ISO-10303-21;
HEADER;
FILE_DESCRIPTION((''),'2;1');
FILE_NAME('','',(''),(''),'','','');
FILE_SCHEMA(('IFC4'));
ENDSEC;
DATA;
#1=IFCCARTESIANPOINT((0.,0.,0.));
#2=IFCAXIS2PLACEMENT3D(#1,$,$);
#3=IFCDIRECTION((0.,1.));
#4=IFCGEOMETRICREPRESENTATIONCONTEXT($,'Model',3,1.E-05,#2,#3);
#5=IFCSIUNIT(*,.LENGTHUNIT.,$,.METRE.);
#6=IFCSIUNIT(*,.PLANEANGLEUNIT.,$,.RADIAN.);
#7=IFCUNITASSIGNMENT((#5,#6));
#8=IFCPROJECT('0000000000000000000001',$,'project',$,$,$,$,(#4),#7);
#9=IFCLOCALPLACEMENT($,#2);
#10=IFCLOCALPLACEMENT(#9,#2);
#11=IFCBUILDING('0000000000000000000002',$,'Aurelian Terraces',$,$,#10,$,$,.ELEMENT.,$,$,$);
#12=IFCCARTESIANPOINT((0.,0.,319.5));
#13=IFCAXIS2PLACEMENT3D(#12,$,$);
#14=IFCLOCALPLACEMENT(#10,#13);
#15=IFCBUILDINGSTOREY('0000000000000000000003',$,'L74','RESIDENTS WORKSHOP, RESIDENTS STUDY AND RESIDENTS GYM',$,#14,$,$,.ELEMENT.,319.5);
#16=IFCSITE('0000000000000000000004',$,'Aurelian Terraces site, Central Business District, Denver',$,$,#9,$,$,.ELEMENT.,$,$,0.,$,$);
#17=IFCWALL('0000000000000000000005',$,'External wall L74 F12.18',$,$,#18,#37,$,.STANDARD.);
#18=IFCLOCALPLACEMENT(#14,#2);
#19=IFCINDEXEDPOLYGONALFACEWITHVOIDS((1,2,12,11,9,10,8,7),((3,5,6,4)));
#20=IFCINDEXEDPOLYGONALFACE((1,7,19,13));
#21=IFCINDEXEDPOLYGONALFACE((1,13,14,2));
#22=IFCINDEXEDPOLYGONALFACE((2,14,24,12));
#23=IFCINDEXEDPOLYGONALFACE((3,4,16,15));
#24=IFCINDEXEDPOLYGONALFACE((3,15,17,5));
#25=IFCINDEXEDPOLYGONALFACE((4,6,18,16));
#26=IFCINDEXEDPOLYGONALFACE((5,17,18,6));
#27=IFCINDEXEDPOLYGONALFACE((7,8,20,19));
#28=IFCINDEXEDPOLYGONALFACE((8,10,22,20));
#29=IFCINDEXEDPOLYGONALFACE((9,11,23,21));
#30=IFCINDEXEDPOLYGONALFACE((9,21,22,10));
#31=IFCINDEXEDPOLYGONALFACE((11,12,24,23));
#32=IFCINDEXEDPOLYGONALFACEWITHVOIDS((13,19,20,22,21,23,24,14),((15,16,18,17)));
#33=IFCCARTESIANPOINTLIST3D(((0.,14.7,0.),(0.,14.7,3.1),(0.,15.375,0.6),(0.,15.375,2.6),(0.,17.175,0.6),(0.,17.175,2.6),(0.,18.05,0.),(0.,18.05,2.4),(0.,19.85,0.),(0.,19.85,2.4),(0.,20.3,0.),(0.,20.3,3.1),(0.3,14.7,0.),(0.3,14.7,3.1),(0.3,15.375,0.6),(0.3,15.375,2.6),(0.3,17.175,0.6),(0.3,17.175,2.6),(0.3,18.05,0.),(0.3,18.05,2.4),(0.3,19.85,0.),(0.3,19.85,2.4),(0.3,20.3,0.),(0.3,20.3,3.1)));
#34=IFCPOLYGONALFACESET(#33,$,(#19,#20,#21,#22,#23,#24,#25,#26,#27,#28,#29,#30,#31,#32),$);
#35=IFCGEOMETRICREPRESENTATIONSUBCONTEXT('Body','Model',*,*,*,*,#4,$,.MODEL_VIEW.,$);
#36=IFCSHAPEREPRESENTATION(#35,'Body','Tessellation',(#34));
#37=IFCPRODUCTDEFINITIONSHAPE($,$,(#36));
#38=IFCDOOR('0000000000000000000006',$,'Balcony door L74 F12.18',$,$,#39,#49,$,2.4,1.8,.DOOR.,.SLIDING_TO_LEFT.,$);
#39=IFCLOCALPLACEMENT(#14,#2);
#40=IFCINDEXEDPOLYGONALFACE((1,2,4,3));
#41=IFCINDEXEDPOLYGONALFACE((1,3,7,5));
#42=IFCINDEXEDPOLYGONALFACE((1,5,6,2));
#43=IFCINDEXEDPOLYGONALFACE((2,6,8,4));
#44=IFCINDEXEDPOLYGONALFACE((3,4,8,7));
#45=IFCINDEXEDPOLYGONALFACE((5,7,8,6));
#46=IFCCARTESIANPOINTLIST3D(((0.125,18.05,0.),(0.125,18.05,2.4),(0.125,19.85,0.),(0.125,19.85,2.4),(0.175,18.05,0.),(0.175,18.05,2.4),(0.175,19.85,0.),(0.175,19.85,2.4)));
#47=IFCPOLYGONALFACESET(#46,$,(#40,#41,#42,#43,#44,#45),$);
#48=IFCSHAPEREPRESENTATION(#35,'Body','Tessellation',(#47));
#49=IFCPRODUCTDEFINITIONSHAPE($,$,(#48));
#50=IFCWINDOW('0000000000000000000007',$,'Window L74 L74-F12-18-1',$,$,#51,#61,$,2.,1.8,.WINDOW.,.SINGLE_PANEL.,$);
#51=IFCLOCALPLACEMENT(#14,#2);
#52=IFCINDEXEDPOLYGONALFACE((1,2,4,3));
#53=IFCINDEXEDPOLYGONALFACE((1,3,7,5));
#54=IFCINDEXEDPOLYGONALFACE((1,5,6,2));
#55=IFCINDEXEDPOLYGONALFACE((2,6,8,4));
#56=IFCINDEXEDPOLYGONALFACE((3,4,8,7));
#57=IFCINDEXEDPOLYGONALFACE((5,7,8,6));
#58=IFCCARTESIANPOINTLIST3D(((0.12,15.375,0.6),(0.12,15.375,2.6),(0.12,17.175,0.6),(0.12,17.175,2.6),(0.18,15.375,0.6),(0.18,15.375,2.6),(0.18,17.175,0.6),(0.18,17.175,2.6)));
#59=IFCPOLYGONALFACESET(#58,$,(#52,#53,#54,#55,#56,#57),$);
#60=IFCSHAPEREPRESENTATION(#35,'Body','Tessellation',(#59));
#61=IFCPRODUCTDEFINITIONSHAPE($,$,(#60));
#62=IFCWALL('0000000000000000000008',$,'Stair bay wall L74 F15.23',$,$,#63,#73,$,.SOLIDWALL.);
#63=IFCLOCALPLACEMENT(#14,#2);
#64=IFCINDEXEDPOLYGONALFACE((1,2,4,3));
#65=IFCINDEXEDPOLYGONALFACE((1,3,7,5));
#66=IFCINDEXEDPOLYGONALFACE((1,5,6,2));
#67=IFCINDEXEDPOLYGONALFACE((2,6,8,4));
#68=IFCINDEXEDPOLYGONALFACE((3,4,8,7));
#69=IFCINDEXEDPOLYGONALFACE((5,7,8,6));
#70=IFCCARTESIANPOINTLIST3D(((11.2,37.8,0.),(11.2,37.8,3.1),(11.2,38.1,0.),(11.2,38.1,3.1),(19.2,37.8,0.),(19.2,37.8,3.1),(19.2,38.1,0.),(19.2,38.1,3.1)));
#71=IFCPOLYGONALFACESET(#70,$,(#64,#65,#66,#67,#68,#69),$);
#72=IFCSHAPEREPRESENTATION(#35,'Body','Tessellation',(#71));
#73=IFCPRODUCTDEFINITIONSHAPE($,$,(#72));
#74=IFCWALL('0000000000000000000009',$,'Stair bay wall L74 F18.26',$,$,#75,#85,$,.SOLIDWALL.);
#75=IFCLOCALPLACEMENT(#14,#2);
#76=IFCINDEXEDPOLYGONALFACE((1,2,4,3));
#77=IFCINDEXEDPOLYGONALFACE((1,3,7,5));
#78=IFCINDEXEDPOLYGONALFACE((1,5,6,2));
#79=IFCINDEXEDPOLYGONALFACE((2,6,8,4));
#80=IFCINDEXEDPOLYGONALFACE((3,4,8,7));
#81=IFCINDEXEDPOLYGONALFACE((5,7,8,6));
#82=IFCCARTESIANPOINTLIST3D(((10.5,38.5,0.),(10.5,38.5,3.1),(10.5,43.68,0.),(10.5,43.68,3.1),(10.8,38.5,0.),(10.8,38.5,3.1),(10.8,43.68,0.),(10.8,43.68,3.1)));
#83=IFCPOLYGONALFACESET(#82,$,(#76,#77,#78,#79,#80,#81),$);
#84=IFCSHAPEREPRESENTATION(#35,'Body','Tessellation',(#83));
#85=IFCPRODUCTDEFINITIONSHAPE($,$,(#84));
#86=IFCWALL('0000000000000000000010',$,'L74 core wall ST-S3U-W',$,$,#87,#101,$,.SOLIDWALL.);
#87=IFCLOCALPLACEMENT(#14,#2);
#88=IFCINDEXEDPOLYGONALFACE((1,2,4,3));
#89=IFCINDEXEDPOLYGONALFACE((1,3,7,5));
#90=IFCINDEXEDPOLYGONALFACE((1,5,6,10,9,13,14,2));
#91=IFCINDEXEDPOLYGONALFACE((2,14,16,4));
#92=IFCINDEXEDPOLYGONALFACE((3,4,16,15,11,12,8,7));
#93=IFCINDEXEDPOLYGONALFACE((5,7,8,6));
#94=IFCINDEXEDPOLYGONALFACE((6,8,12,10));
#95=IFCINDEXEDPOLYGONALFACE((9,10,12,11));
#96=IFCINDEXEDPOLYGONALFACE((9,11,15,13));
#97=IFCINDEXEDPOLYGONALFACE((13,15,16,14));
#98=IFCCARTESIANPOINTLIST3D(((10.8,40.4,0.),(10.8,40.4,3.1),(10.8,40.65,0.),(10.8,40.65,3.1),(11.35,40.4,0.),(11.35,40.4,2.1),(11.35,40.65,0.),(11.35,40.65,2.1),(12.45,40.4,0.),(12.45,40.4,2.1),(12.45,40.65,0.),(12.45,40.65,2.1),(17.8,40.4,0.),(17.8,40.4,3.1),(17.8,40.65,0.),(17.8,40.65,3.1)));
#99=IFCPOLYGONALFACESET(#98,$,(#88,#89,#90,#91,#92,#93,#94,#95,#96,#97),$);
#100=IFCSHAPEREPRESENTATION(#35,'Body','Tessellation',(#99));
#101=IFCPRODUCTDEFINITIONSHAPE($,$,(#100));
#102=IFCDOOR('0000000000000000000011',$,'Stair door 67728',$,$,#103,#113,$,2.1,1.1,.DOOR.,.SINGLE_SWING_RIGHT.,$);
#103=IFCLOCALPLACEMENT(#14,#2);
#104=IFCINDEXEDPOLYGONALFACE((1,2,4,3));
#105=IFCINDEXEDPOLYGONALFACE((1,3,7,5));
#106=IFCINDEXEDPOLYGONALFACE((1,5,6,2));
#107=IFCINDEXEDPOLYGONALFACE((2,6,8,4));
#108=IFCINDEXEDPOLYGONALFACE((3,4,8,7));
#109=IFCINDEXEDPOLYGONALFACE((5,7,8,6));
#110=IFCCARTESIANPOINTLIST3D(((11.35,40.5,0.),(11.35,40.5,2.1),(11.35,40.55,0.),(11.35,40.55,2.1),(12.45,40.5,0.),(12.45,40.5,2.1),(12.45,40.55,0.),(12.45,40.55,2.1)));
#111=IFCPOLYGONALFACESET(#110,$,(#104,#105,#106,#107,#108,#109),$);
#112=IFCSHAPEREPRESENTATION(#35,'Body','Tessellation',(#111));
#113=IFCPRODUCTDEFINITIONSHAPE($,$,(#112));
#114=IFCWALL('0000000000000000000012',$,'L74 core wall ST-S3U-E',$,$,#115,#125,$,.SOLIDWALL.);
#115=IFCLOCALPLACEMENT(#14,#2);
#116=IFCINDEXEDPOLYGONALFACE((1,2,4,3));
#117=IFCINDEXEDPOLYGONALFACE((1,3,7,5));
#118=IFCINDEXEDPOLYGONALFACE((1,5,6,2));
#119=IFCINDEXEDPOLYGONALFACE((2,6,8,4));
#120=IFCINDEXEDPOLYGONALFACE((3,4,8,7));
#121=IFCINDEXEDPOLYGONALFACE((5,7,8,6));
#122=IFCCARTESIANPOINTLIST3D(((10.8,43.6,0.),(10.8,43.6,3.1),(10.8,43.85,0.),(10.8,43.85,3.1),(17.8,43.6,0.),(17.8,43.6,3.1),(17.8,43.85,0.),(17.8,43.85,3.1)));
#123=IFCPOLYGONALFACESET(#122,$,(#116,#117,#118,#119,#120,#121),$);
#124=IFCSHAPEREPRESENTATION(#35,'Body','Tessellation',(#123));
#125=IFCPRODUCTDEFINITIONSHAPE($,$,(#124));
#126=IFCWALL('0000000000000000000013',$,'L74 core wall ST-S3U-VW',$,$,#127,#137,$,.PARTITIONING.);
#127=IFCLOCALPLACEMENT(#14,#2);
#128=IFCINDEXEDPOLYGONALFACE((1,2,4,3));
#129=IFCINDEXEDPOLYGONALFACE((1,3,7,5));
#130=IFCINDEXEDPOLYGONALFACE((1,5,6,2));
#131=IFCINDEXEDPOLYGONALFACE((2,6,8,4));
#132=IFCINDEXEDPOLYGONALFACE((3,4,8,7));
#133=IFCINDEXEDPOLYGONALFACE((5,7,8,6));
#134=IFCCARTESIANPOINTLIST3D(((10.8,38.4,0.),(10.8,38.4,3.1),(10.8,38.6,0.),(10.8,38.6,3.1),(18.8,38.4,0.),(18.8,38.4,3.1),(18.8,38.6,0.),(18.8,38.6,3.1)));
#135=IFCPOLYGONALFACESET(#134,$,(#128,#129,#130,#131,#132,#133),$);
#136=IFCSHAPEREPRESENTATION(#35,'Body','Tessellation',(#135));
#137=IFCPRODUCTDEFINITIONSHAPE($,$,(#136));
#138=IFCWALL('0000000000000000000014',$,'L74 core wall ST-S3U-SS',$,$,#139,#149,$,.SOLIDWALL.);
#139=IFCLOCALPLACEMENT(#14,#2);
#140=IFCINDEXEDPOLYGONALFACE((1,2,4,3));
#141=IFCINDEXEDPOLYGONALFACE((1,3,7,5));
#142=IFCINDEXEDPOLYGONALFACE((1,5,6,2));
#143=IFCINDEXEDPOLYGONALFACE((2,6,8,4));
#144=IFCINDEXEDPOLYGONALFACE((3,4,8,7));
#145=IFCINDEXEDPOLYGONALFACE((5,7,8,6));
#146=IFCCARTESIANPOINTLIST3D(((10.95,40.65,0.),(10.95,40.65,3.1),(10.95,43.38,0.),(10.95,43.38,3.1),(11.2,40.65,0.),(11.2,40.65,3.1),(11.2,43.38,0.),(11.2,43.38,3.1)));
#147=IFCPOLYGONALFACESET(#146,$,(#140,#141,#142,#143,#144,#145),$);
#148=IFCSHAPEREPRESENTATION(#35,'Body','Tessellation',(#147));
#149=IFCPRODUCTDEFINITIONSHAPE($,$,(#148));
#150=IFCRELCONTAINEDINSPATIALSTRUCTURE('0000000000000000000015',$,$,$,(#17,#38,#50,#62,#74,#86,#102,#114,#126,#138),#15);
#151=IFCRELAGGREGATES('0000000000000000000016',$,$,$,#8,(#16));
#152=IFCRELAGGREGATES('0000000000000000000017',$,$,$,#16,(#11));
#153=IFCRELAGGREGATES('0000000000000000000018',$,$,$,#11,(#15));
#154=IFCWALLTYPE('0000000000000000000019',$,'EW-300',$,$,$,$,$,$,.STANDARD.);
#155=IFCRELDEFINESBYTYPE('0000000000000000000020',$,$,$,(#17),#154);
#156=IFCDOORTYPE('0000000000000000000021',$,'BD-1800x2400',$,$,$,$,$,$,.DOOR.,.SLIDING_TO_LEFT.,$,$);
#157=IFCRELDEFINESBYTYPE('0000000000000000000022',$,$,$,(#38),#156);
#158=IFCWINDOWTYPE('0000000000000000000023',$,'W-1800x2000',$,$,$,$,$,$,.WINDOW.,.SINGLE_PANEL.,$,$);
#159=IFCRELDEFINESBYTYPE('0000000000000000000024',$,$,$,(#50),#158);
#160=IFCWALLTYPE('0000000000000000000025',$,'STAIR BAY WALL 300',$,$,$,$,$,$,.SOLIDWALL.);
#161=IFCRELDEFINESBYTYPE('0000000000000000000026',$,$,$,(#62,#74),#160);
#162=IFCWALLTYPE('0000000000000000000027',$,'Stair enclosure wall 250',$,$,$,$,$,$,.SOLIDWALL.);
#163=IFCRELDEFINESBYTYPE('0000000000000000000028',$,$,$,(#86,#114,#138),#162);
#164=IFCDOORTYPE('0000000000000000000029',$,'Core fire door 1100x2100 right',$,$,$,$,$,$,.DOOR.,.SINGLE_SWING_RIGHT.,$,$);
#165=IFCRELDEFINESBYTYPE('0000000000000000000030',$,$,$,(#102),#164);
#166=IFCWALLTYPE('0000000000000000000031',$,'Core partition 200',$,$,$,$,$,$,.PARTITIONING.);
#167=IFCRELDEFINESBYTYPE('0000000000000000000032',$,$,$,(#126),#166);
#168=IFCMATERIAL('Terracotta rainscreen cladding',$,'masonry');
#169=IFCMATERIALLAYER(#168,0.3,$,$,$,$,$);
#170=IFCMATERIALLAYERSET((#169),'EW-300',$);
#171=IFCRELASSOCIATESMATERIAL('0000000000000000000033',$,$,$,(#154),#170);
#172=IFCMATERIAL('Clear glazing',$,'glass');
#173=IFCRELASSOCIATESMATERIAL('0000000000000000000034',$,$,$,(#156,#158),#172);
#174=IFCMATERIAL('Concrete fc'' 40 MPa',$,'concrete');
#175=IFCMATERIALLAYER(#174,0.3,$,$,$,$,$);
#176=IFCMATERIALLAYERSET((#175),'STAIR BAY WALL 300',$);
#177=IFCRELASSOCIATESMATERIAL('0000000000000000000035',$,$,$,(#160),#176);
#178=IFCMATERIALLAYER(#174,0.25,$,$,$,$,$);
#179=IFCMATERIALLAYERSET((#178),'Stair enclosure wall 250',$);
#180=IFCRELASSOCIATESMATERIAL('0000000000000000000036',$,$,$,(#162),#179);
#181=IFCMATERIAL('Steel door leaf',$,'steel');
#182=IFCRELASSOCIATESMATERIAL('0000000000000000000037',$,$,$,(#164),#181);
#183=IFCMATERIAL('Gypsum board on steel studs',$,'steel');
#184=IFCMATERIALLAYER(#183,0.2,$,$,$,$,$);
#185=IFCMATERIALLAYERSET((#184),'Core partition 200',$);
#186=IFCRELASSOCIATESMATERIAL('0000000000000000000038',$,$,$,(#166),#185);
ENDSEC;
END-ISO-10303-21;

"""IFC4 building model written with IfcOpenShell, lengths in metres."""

from ifc_helpers import new_model, si_unit, direction, frame, frame_2d, origin, place, context, subcontext, project, spatial, rectangle, extrude, source, transform, mapped, material, layer, layer_set, type_object, element, fill, save


model = new_model("IFC4")

# Units and contexts
model_context = context("Model", 3, precision=1e-05, world=origin(), true_north=direction((0.0, 1.0)))
body_context = subcontext(model_context, "Body", "Model", "MODEL_VIEW")
ifc_project = project(units=[si_unit("LENGTHUNIT", "METRE"), si_unit("PLANEANGLEUNIT", "RADIAN")], contexts=[model_context])

# Site, building, storey
site_placement = place(None, origin())
site = spatial("IfcSite", under=ifc_project, at=site_placement, Name="Aurelian Terraces site, Central Business District, Denver", CompositionType="ELEMENT", RefElevation=0.0)
building_placement = place(site_placement, origin())
building = spatial("IfcBuilding", under=site, at=building_placement, Name="Aurelian Terraces", CompositionType="ELEMENT")
storey_placement = place(building_placement, frame((0.0, 0.0, 319.5)))
storey = spatial("IfcBuildingStorey", under=building, at=storey_placement, Name="L74", Description="RESIDENTS WORKSHOP, RESIDENTS STUDY AND RESIDENTS GYM", CompositionType="ELEMENT", Elevation=319.5)

# Shared definitions
ifc_material_1 = material(Name="Terracotta rainscreen cladding", Category="masonry")
ifc_layer_1 = layer(ifc_material_1, 0.3)
ifc_layer_set_1 = layer_set([ifc_layer_1], Name="EW-300")
wall_type_1 = type_object("IfcWallType", Name="EW-300", PredefinedType="STANDARD", material=ifc_layer_set_1)
ifc_material_2 = material(Name="Clear glazing", Category="glass")

# Wall, openings, door, window
shared_shape_1 = source(origin(), body_context, "Body", "SweptSolid", [
    extrude(rectangle(XDim=5.6, YDim=0.3, at=frame_2d((2.8, 0.0))), origin(), (0.0, 0.0, 1.0), 3.1),
])
wall_1_placement = place(storey_placement, frame((0.15, 20.3, 0.0), z_axis=(0.0, 0.0, 1.0), x_axis=(0.0, -1.0, 0.0)))
wall_1 = element("IfcWall", 1, at=wall_1_placement, inside=storey, type_object=wall_type_1, Name="External wall L74 F12.18", PredefinedType="STANDARD", context=body_context, shape_type="MappedRepresentation", body=[
    mapped(shared_shape_1, transform((0.0, 0.0, 0.0), scale=1.0)),
])
shared_shape_2 = source(origin(), body_context, "Body", "SweptSolid", [
    extrude(rectangle(XDim=1.8, YDim=2.4, at=frame_2d((0.9, 1.2))), frame((0.0, 0.16, 0.0), z_axis=(0.0, -1.0, 0.0), x_axis=(1.0, 0.0, 0.0)), (0.0, 0.0, 1.0), 0.32),
])
opening_1_placement = place(wall_1_placement, frame((0.45, 0.0, 0.0)))
opening_1 = element("IfcOpeningElement", 2, at=opening_1_placement, cuts=wall_1, PredefinedType="OPENING", context=body_context, shape_type="MappedRepresentation", body=[
    mapped(shared_shape_2, transform((0.0, 0.0, 0.0), scale=1.0)),
])
shared_shape_3 = source(origin(), body_context, "Body", "SweptSolid", [
    extrude(rectangle(XDim=1.8, YDim=2.0, at=frame_2d((0.9, 1.0))), frame((0.0, 0.16, 0.0), z_axis=(0.0, -1.0, 0.0), x_axis=(1.0, 0.0, 0.0)), (0.0, 0.0, 1.0), 0.32),
])
opening_2_placement = place(wall_1_placement, frame((3.125, 0.0, 0.6)))
opening_2 = element("IfcOpeningElement", 3, at=opening_2_placement, cuts=wall_1, PredefinedType="OPENING", context=body_context, shape_type="MappedRepresentation", body=[
    mapped(shared_shape_3, transform((0.0, 0.0, 0.0), scale=1.0)),
])
door_type_1 = type_object("IfcDoorType", Name="BD-1800x2400", OperationType="SLIDING_TO_LEFT", PredefinedType="DOOR", material=ifc_material_2)
shared_shape_4 = source(origin(), body_context, "Body", "SweptSolid", [
    extrude(rectangle(XDim=1.8, YDim=2.4, at=frame_2d((0.9, 1.2))), frame((0.0, 0.025, 0.0), z_axis=(0.0, -1.0, 0.0), x_axis=(1.0, 0.0, 0.0)), (0.0, 0.0, 1.0), 0.05),
])
door_1_placement = place(opening_1_placement, origin())
door_1 = element("IfcDoor", 4, at=door_1_placement, inside=storey, type_object=door_type_1, Name="Balcony door L74 F12.18", OperationType="SLIDING_TO_LEFT", OverallHeight=2.4, OverallWidth=1.8, PredefinedType="DOOR", context=body_context, shape_type="MappedRepresentation", body=[
    mapped(shared_shape_4, transform((0.0, 0.0, 0.0), scale=1.0)),
])
fill(opening_1, door_1)
window_type_1 = type_object("IfcWindowType", Name="W-1800x2000", PartitioningType="SINGLE_PANEL", PredefinedType="WINDOW", material=ifc_material_2)
shared_shape_5 = source(origin(), body_context, "Body", "SweptSolid", [
    extrude(rectangle(XDim=1.8, YDim=2.0, at=frame_2d((0.9, 1.0))), frame((0.0, 0.03, 0.0), z_axis=(0.0, -1.0, 0.0), x_axis=(1.0, 0.0, 0.0)), (0.0, 0.0, 1.0), 0.06),
])
window_1_placement = place(opening_2_placement, origin())
window_1 = element("IfcWindow", 5, at=window_1_placement, inside=storey, type_object=window_type_1, Name="Window L74 L74-F12-18-1", OverallHeight=2.0, OverallWidth=1.8, PartitioningType="SINGLE_PANEL", PredefinedType="WINDOW", context=body_context, shape_type="MappedRepresentation", body=[
    mapped(shared_shape_5, transform((0.0, 0.0, 0.0), scale=1.0)),
])
fill(opening_2, window_1)

# Walls
ifc_material_3 = material(Name="Concrete fc' 40 MPa", Category="concrete")
ifc_layer_2 = layer(ifc_material_3, 0.3)
ifc_layer_set_2 = layer_set([ifc_layer_2], Name="STAIR BAY WALL 300")
wall_type_2 = type_object("IfcWallType", Name="STAIR BAY WALL 300", PredefinedType="SOLIDWALL", material=ifc_layer_set_2)
shared_shape_6 = source(origin(), body_context, "Body", "SweptSolid", [
    extrude(rectangle(XDim=8.0, YDim=0.3, at=frame_2d((4.0, 0.0))), origin(), (0.0, 0.0, 1.0), 3.1),
])
wall_2_placement = place(storey_placement, frame((11.2, 37.95, 0.0), z_axis=(0.0, 0.0, 1.0), x_axis=(1.0, 0.0, 0.0)))
element("IfcWall", 6, at=wall_2_placement, inside=storey, type_object=wall_type_2, Name="Stair bay wall L74 F15.23", PredefinedType="SOLIDWALL", context=body_context, shape_type="MappedRepresentation", body=[
    mapped(shared_shape_6, transform((0.0, 0.0, 0.0), scale=1.0)),
])
shared_shape_7 = source(origin(), body_context, "Body", "SweptSolid", [
    extrude(rectangle(XDim=5.18, YDim=0.3, at=frame_2d((2.59, 0.0))), origin(), (0.0, 0.0, 1.0), 3.1),
])
wall_3_placement = place(storey_placement, frame((10.65, 43.68, 0.0), z_axis=(0.0, 0.0, 1.0), x_axis=(0.0, -1.0, 0.0)))
element("IfcWall", 7, at=wall_3_placement, inside=storey, type_object=wall_type_2, Name="Stair bay wall L74 F18.26", PredefinedType="SOLIDWALL", context=body_context, shape_type="MappedRepresentation", body=[
    mapped(shared_shape_7, transform((0.0, 0.0, 0.0), scale=1.0)),
])

# Wall, opening, door
ifc_layer_3 = layer(ifc_material_3, 0.25)
ifc_layer_set_3 = layer_set([ifc_layer_3], Name="Stair enclosure wall 250")
wall_type_3 = type_object("IfcWallType", Name="Stair enclosure wall 250", PredefinedType="SOLIDWALL", material=ifc_layer_set_3)
shared_shape_8 = source(origin(), body_context, "Body", "SweptSolid", [
    extrude(rectangle(XDim=7.0, YDim=0.25, at=frame_2d((3.5, 0.0))), origin(), (0.0, 0.0, 1.0), 3.1),
])
wall_4_placement = place(storey_placement, frame((10.8, 40.525, 0.0), z_axis=(0.0, 0.0, 1.0), x_axis=(1.0, 0.0, 0.0)))
wall_4 = element("IfcWall", 8, at=wall_4_placement, inside=storey, type_object=wall_type_3, Name="L74 core wall ST-S3U-W", PredefinedType="SOLIDWALL", context=body_context, shape_type="MappedRepresentation", body=[
    mapped(shared_shape_8, transform((0.0, 0.0, 0.0), scale=1.0)),
])
shared_shape_9 = source(origin(), body_context, "Body", "SweptSolid", [
    extrude(rectangle(XDim=1.1, YDim=2.1, at=frame_2d((0.55, 1.05))), frame((0.0, 0.135, 0.0), z_axis=(0.0, -1.0, 0.0), x_axis=(1.0, 0.0, 0.0)), (0.0, 0.0, 1.0), 0.27),
])
opening_3_placement = place(wall_4_placement, frame((0.55, 0.0, 0.0)))
opening_3 = element("IfcOpeningElement", 9, at=opening_3_placement, cuts=wall_4, PredefinedType="OPENING", context=body_context, shape_type="MappedRepresentation", body=[
    mapped(shared_shape_9, transform((0.0, 0.0, 0.0), scale=1.0)),
])
ifc_material_4 = material(Name="Steel door leaf", Category="steel")
door_type_2 = type_object("IfcDoorType", Name="Core fire door 1100x2100 right", OperationType="SINGLE_SWING_RIGHT", PredefinedType="DOOR", material=ifc_material_4)
shared_shape_10 = source(origin(), body_context, "Body", "SweptSolid", [
    extrude(rectangle(XDim=1.1, YDim=2.1, at=frame_2d((0.55, 1.05))), frame((0.0, 0.025, 0.0), z_axis=(0.0, -1.0, 0.0), x_axis=(1.0, 0.0, 0.0)), (0.0, 0.0, 1.0), 0.05),
])
door_2_placement = place(opening_3_placement, origin())
door_2 = element("IfcDoor", 10, at=door_2_placement, inside=storey, type_object=door_type_2, Name="Stair door 67728", OperationType="SINGLE_SWING_RIGHT", OverallHeight=2.1, OverallWidth=1.1, PredefinedType="DOOR", context=body_context, shape_type="MappedRepresentation", body=[
    mapped(shared_shape_10, transform((0.0, 0.0, 0.0), scale=1.0)),
])
fill(opening_3, door_2)

# Walls
wall_5_placement = place(storey_placement, frame((10.8, 43.725, 0.0), z_axis=(0.0, 0.0, 1.0), x_axis=(1.0, 0.0, 0.0)))
element("IfcWall", 11, at=wall_5_placement, inside=storey, type_object=wall_type_3, Name="L74 core wall ST-S3U-E", PredefinedType="SOLIDWALL", context=body_context, shape_type="MappedRepresentation", body=[
    mapped(shared_shape_8, transform((0.0, 0.0, 0.0), scale=1.0)),
])
ifc_material_5 = material(Name="Gypsum board on steel studs", Category="steel")
ifc_layer_4 = layer(ifc_material_5, 0.2)
ifc_layer_set_4 = layer_set([ifc_layer_4], Name="Core partition 200")
wall_type_4 = type_object("IfcWallType", Name="Core partition 200", PredefinedType="PARTITIONING", material=ifc_layer_set_4)
shared_shape_11 = source(origin(), body_context, "Body", "SweptSolid", [
    extrude(rectangle(XDim=8.0, YDim=0.2, at=frame_2d((4.0, 0.0))), origin(), (0.0, 0.0, 1.0), 3.1),
])
wall_6_placement = place(storey_placement, frame((10.8, 38.5, 0.0), z_axis=(0.0, 0.0, 1.0), x_axis=(1.0, 0.0, 0.0)))
element("IfcWall", 12, at=wall_6_placement, inside=storey, type_object=wall_type_4, Name="L74 core wall ST-S3U-VW", PredefinedType="PARTITIONING", context=body_context, shape_type="MappedRepresentation", body=[
    mapped(shared_shape_11, transform((0.0, 0.0, 0.0), scale=1.0)),
])
shared_shape_12 = source(origin(), body_context, "Body", "SweptSolid", [
    extrude(rectangle(XDim=2.73, YDim=0.25, at=frame_2d((1.365, 0.0))), origin(), (0.0, 0.0, 1.0), 3.1),
])
wall_7_placement = place(storey_placement, frame((11.075, 40.65, 0.0), z_axis=(0.0, 0.0, 1.0), x_axis=(0.0, 1.0, 0.0)))
element("IfcWall", 13, at=wall_7_placement, inside=storey, type_object=wall_type_3, Name="L74 core wall ST-S3U-SS", PredefinedType="SOLIDWALL", context=body_context, shape_type="MappedRepresentation", body=[
    mapped(shared_shape_12, transform((0.0, 0.0, 0.0), scale=1.0)),
])

save(model, "model.ifc")
